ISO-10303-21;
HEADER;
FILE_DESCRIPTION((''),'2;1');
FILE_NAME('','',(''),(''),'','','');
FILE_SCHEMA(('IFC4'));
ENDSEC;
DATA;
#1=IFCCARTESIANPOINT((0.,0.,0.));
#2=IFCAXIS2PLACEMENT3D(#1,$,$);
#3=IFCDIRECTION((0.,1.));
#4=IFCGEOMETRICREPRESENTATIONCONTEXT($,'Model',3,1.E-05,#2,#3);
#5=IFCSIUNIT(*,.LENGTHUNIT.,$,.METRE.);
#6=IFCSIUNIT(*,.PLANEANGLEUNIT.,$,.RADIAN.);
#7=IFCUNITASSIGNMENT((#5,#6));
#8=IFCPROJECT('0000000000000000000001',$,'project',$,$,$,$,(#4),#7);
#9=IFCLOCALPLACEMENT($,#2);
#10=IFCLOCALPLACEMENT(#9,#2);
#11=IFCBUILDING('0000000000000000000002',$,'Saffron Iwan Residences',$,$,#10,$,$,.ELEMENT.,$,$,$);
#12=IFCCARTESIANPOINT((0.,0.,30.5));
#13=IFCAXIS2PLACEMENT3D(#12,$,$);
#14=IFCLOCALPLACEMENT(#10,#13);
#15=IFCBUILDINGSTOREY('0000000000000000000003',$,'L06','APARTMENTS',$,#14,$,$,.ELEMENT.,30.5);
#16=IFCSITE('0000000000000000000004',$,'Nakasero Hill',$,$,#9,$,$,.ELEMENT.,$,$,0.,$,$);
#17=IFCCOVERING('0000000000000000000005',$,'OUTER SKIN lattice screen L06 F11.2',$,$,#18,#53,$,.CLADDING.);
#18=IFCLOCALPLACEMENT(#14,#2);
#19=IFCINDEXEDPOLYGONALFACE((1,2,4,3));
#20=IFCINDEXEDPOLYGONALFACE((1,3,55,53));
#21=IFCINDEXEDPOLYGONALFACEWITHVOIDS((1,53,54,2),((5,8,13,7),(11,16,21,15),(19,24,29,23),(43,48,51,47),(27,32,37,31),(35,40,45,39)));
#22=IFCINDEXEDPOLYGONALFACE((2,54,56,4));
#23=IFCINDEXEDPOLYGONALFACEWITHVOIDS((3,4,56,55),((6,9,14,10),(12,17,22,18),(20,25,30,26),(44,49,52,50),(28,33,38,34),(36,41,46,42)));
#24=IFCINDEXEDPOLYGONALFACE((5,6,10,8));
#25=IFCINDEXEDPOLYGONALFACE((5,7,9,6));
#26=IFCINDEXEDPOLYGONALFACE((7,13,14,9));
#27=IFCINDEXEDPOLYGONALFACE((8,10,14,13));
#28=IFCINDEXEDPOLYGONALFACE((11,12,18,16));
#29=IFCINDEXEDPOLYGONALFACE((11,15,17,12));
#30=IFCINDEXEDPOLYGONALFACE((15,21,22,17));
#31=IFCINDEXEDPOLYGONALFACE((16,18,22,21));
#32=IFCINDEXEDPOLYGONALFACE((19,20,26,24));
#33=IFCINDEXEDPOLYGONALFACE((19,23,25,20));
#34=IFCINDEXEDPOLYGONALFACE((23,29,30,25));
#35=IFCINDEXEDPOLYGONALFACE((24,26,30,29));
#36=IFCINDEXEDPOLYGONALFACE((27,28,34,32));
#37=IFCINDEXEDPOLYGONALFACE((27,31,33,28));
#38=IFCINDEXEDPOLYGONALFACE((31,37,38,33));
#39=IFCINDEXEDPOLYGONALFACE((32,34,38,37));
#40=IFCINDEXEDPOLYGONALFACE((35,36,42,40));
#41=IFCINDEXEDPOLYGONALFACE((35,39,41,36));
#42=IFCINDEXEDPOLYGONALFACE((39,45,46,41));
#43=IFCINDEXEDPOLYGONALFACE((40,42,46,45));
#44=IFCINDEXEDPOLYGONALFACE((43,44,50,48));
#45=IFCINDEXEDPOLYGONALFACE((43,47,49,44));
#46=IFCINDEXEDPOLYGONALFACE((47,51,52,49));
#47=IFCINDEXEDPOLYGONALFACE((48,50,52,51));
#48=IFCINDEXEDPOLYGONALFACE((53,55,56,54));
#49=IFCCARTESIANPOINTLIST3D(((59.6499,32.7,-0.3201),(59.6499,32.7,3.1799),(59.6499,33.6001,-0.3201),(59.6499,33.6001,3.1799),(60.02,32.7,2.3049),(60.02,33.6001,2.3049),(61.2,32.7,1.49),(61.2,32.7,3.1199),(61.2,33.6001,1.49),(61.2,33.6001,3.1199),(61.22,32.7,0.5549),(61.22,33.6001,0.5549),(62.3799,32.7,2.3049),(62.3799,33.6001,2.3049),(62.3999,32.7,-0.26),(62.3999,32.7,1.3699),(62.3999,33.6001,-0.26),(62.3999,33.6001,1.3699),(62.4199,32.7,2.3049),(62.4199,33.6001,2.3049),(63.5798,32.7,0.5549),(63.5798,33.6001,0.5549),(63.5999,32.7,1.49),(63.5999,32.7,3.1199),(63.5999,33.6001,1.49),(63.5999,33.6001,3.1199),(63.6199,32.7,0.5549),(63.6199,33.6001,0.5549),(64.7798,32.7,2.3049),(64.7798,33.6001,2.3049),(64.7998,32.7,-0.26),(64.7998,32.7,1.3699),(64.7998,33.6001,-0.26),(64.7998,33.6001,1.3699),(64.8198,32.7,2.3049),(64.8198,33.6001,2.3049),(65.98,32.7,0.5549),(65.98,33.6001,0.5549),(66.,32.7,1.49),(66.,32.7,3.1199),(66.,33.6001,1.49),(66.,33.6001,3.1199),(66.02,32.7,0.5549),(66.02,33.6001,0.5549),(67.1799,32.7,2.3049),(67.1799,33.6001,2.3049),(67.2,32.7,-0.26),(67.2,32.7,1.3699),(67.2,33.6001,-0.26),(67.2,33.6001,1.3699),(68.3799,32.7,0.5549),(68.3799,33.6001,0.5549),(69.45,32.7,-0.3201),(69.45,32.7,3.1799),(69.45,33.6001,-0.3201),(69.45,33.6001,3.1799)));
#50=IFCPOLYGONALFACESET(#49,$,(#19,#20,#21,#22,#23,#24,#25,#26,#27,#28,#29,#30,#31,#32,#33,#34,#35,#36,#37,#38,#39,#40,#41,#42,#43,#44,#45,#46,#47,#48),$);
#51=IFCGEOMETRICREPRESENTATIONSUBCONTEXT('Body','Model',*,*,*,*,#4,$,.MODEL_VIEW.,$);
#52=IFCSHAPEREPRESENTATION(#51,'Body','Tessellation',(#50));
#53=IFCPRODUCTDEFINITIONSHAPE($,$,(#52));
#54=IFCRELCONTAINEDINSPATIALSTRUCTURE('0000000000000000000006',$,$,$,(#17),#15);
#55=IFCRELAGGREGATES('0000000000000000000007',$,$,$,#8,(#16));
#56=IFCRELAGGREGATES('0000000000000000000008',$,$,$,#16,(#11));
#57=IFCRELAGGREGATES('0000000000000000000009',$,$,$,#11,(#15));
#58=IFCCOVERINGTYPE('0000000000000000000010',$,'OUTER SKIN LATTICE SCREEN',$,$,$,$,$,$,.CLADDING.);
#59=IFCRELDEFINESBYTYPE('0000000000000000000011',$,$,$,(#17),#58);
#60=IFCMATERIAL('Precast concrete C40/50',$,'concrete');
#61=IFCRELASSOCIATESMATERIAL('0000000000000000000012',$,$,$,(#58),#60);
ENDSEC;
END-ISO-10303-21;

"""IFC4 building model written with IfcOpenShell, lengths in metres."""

from ifc_helpers import new_model, si_unit, direction, frame, origin, place, context, subcontext, project, spatial, polyline, outline, extrude, material, type_object, element, save


model = new_model("IFC4")

# Units and contexts
model_context = context("Model", 3, precision=1e-05, world=origin(), true_north=direction((0.0, 1.0)))
body_context = subcontext(model_context, "Body", "Model", "MODEL_VIEW")
ifc_project = project(units=[si_unit("LENGTHUNIT", "METRE"), si_unit("PLANEANGLEUNIT", "RADIAN")], contexts=[model_context])

# Site, building, storey
site_placement = place(None, origin())
site = spatial("IfcSite", under=ifc_project, at=site_placement, Name="Nakasero Hill", CompositionType="ELEMENT", RefElevation=0.0)
building_placement = place(site_placement, origin())
building = spatial("IfcBuilding", under=site, at=building_placement, Name="Saffron Iwan Residences", CompositionType="ELEMENT")
storey_placement = place(building_placement, frame((0.0, 0.0, 30.5)))
storey = spatial("IfcBuildingStorey", under=building, at=storey_placement, Name="L06", Description="APARTMENTS", CompositionType="ELEMENT", Elevation=30.5)

# Covering
ifc_material_1 = material(Name="Precast concrete C40/50", Category="concrete")
covering_type = type_object("IfcCoveringType", Name="OUTER SKIN LATTICE SCREEN", PredefinedType="CLADDING", material=ifc_material_1)
covering_placement = place(storey_placement, frame((59.6499, 33.6001, -0.3201), z_axis=(0.0, -1.0, 0.0), x_axis=(1.0, 0.0, 0.0)))
element("IfcCovering", 1, at=covering_placement, inside=storey, type_object=covering_type, Name="OUTER SKIN lattice screen L06 F11.2", PredefinedType="CLADDING", context=body_context, shape_type="SweptSolid", body=[
    extrude(outline(polyline([(0.0, 0.0), (9.8, 0.0), (9.8, 3.5), (0.0, 3.5), (0.0, 0.0)]), holes=[polyline([(1.5701, 0.875), (2.75, 0.0601), (3.9299, 0.875), (2.75, 1.6899), (1.5701, 0.875)]), polyline([(3.97, 0.875), (5.1499, 0.0601), (6.3301, 0.875), (5.1499, 1.6899), (3.97, 0.875)]), polyline([(6.3701, 0.875), (7.55, 0.0601), (8.73, 0.875), (7.55, 1.6899), (6.3701, 0.875)]), polyline([(0.3701, 2.625), (1.55, 1.8101), (2.73, 2.625), (1.55, 3.4399), (0.3701, 2.625)]), polyline([(2.77, 2.625), (3.95, 1.8101), (5.1299, 2.625), (3.95, 3.4399), (2.77, 2.625)]), polyline([(5.1699, 2.625), (6.3501, 1.8101), (7.53, 2.625), (6.3501, 3.4399), (5.1699, 2.625)])]), origin(), (0.0, 0.0, 1.0), 0.9001),
])

save(model, "model.ifc")
